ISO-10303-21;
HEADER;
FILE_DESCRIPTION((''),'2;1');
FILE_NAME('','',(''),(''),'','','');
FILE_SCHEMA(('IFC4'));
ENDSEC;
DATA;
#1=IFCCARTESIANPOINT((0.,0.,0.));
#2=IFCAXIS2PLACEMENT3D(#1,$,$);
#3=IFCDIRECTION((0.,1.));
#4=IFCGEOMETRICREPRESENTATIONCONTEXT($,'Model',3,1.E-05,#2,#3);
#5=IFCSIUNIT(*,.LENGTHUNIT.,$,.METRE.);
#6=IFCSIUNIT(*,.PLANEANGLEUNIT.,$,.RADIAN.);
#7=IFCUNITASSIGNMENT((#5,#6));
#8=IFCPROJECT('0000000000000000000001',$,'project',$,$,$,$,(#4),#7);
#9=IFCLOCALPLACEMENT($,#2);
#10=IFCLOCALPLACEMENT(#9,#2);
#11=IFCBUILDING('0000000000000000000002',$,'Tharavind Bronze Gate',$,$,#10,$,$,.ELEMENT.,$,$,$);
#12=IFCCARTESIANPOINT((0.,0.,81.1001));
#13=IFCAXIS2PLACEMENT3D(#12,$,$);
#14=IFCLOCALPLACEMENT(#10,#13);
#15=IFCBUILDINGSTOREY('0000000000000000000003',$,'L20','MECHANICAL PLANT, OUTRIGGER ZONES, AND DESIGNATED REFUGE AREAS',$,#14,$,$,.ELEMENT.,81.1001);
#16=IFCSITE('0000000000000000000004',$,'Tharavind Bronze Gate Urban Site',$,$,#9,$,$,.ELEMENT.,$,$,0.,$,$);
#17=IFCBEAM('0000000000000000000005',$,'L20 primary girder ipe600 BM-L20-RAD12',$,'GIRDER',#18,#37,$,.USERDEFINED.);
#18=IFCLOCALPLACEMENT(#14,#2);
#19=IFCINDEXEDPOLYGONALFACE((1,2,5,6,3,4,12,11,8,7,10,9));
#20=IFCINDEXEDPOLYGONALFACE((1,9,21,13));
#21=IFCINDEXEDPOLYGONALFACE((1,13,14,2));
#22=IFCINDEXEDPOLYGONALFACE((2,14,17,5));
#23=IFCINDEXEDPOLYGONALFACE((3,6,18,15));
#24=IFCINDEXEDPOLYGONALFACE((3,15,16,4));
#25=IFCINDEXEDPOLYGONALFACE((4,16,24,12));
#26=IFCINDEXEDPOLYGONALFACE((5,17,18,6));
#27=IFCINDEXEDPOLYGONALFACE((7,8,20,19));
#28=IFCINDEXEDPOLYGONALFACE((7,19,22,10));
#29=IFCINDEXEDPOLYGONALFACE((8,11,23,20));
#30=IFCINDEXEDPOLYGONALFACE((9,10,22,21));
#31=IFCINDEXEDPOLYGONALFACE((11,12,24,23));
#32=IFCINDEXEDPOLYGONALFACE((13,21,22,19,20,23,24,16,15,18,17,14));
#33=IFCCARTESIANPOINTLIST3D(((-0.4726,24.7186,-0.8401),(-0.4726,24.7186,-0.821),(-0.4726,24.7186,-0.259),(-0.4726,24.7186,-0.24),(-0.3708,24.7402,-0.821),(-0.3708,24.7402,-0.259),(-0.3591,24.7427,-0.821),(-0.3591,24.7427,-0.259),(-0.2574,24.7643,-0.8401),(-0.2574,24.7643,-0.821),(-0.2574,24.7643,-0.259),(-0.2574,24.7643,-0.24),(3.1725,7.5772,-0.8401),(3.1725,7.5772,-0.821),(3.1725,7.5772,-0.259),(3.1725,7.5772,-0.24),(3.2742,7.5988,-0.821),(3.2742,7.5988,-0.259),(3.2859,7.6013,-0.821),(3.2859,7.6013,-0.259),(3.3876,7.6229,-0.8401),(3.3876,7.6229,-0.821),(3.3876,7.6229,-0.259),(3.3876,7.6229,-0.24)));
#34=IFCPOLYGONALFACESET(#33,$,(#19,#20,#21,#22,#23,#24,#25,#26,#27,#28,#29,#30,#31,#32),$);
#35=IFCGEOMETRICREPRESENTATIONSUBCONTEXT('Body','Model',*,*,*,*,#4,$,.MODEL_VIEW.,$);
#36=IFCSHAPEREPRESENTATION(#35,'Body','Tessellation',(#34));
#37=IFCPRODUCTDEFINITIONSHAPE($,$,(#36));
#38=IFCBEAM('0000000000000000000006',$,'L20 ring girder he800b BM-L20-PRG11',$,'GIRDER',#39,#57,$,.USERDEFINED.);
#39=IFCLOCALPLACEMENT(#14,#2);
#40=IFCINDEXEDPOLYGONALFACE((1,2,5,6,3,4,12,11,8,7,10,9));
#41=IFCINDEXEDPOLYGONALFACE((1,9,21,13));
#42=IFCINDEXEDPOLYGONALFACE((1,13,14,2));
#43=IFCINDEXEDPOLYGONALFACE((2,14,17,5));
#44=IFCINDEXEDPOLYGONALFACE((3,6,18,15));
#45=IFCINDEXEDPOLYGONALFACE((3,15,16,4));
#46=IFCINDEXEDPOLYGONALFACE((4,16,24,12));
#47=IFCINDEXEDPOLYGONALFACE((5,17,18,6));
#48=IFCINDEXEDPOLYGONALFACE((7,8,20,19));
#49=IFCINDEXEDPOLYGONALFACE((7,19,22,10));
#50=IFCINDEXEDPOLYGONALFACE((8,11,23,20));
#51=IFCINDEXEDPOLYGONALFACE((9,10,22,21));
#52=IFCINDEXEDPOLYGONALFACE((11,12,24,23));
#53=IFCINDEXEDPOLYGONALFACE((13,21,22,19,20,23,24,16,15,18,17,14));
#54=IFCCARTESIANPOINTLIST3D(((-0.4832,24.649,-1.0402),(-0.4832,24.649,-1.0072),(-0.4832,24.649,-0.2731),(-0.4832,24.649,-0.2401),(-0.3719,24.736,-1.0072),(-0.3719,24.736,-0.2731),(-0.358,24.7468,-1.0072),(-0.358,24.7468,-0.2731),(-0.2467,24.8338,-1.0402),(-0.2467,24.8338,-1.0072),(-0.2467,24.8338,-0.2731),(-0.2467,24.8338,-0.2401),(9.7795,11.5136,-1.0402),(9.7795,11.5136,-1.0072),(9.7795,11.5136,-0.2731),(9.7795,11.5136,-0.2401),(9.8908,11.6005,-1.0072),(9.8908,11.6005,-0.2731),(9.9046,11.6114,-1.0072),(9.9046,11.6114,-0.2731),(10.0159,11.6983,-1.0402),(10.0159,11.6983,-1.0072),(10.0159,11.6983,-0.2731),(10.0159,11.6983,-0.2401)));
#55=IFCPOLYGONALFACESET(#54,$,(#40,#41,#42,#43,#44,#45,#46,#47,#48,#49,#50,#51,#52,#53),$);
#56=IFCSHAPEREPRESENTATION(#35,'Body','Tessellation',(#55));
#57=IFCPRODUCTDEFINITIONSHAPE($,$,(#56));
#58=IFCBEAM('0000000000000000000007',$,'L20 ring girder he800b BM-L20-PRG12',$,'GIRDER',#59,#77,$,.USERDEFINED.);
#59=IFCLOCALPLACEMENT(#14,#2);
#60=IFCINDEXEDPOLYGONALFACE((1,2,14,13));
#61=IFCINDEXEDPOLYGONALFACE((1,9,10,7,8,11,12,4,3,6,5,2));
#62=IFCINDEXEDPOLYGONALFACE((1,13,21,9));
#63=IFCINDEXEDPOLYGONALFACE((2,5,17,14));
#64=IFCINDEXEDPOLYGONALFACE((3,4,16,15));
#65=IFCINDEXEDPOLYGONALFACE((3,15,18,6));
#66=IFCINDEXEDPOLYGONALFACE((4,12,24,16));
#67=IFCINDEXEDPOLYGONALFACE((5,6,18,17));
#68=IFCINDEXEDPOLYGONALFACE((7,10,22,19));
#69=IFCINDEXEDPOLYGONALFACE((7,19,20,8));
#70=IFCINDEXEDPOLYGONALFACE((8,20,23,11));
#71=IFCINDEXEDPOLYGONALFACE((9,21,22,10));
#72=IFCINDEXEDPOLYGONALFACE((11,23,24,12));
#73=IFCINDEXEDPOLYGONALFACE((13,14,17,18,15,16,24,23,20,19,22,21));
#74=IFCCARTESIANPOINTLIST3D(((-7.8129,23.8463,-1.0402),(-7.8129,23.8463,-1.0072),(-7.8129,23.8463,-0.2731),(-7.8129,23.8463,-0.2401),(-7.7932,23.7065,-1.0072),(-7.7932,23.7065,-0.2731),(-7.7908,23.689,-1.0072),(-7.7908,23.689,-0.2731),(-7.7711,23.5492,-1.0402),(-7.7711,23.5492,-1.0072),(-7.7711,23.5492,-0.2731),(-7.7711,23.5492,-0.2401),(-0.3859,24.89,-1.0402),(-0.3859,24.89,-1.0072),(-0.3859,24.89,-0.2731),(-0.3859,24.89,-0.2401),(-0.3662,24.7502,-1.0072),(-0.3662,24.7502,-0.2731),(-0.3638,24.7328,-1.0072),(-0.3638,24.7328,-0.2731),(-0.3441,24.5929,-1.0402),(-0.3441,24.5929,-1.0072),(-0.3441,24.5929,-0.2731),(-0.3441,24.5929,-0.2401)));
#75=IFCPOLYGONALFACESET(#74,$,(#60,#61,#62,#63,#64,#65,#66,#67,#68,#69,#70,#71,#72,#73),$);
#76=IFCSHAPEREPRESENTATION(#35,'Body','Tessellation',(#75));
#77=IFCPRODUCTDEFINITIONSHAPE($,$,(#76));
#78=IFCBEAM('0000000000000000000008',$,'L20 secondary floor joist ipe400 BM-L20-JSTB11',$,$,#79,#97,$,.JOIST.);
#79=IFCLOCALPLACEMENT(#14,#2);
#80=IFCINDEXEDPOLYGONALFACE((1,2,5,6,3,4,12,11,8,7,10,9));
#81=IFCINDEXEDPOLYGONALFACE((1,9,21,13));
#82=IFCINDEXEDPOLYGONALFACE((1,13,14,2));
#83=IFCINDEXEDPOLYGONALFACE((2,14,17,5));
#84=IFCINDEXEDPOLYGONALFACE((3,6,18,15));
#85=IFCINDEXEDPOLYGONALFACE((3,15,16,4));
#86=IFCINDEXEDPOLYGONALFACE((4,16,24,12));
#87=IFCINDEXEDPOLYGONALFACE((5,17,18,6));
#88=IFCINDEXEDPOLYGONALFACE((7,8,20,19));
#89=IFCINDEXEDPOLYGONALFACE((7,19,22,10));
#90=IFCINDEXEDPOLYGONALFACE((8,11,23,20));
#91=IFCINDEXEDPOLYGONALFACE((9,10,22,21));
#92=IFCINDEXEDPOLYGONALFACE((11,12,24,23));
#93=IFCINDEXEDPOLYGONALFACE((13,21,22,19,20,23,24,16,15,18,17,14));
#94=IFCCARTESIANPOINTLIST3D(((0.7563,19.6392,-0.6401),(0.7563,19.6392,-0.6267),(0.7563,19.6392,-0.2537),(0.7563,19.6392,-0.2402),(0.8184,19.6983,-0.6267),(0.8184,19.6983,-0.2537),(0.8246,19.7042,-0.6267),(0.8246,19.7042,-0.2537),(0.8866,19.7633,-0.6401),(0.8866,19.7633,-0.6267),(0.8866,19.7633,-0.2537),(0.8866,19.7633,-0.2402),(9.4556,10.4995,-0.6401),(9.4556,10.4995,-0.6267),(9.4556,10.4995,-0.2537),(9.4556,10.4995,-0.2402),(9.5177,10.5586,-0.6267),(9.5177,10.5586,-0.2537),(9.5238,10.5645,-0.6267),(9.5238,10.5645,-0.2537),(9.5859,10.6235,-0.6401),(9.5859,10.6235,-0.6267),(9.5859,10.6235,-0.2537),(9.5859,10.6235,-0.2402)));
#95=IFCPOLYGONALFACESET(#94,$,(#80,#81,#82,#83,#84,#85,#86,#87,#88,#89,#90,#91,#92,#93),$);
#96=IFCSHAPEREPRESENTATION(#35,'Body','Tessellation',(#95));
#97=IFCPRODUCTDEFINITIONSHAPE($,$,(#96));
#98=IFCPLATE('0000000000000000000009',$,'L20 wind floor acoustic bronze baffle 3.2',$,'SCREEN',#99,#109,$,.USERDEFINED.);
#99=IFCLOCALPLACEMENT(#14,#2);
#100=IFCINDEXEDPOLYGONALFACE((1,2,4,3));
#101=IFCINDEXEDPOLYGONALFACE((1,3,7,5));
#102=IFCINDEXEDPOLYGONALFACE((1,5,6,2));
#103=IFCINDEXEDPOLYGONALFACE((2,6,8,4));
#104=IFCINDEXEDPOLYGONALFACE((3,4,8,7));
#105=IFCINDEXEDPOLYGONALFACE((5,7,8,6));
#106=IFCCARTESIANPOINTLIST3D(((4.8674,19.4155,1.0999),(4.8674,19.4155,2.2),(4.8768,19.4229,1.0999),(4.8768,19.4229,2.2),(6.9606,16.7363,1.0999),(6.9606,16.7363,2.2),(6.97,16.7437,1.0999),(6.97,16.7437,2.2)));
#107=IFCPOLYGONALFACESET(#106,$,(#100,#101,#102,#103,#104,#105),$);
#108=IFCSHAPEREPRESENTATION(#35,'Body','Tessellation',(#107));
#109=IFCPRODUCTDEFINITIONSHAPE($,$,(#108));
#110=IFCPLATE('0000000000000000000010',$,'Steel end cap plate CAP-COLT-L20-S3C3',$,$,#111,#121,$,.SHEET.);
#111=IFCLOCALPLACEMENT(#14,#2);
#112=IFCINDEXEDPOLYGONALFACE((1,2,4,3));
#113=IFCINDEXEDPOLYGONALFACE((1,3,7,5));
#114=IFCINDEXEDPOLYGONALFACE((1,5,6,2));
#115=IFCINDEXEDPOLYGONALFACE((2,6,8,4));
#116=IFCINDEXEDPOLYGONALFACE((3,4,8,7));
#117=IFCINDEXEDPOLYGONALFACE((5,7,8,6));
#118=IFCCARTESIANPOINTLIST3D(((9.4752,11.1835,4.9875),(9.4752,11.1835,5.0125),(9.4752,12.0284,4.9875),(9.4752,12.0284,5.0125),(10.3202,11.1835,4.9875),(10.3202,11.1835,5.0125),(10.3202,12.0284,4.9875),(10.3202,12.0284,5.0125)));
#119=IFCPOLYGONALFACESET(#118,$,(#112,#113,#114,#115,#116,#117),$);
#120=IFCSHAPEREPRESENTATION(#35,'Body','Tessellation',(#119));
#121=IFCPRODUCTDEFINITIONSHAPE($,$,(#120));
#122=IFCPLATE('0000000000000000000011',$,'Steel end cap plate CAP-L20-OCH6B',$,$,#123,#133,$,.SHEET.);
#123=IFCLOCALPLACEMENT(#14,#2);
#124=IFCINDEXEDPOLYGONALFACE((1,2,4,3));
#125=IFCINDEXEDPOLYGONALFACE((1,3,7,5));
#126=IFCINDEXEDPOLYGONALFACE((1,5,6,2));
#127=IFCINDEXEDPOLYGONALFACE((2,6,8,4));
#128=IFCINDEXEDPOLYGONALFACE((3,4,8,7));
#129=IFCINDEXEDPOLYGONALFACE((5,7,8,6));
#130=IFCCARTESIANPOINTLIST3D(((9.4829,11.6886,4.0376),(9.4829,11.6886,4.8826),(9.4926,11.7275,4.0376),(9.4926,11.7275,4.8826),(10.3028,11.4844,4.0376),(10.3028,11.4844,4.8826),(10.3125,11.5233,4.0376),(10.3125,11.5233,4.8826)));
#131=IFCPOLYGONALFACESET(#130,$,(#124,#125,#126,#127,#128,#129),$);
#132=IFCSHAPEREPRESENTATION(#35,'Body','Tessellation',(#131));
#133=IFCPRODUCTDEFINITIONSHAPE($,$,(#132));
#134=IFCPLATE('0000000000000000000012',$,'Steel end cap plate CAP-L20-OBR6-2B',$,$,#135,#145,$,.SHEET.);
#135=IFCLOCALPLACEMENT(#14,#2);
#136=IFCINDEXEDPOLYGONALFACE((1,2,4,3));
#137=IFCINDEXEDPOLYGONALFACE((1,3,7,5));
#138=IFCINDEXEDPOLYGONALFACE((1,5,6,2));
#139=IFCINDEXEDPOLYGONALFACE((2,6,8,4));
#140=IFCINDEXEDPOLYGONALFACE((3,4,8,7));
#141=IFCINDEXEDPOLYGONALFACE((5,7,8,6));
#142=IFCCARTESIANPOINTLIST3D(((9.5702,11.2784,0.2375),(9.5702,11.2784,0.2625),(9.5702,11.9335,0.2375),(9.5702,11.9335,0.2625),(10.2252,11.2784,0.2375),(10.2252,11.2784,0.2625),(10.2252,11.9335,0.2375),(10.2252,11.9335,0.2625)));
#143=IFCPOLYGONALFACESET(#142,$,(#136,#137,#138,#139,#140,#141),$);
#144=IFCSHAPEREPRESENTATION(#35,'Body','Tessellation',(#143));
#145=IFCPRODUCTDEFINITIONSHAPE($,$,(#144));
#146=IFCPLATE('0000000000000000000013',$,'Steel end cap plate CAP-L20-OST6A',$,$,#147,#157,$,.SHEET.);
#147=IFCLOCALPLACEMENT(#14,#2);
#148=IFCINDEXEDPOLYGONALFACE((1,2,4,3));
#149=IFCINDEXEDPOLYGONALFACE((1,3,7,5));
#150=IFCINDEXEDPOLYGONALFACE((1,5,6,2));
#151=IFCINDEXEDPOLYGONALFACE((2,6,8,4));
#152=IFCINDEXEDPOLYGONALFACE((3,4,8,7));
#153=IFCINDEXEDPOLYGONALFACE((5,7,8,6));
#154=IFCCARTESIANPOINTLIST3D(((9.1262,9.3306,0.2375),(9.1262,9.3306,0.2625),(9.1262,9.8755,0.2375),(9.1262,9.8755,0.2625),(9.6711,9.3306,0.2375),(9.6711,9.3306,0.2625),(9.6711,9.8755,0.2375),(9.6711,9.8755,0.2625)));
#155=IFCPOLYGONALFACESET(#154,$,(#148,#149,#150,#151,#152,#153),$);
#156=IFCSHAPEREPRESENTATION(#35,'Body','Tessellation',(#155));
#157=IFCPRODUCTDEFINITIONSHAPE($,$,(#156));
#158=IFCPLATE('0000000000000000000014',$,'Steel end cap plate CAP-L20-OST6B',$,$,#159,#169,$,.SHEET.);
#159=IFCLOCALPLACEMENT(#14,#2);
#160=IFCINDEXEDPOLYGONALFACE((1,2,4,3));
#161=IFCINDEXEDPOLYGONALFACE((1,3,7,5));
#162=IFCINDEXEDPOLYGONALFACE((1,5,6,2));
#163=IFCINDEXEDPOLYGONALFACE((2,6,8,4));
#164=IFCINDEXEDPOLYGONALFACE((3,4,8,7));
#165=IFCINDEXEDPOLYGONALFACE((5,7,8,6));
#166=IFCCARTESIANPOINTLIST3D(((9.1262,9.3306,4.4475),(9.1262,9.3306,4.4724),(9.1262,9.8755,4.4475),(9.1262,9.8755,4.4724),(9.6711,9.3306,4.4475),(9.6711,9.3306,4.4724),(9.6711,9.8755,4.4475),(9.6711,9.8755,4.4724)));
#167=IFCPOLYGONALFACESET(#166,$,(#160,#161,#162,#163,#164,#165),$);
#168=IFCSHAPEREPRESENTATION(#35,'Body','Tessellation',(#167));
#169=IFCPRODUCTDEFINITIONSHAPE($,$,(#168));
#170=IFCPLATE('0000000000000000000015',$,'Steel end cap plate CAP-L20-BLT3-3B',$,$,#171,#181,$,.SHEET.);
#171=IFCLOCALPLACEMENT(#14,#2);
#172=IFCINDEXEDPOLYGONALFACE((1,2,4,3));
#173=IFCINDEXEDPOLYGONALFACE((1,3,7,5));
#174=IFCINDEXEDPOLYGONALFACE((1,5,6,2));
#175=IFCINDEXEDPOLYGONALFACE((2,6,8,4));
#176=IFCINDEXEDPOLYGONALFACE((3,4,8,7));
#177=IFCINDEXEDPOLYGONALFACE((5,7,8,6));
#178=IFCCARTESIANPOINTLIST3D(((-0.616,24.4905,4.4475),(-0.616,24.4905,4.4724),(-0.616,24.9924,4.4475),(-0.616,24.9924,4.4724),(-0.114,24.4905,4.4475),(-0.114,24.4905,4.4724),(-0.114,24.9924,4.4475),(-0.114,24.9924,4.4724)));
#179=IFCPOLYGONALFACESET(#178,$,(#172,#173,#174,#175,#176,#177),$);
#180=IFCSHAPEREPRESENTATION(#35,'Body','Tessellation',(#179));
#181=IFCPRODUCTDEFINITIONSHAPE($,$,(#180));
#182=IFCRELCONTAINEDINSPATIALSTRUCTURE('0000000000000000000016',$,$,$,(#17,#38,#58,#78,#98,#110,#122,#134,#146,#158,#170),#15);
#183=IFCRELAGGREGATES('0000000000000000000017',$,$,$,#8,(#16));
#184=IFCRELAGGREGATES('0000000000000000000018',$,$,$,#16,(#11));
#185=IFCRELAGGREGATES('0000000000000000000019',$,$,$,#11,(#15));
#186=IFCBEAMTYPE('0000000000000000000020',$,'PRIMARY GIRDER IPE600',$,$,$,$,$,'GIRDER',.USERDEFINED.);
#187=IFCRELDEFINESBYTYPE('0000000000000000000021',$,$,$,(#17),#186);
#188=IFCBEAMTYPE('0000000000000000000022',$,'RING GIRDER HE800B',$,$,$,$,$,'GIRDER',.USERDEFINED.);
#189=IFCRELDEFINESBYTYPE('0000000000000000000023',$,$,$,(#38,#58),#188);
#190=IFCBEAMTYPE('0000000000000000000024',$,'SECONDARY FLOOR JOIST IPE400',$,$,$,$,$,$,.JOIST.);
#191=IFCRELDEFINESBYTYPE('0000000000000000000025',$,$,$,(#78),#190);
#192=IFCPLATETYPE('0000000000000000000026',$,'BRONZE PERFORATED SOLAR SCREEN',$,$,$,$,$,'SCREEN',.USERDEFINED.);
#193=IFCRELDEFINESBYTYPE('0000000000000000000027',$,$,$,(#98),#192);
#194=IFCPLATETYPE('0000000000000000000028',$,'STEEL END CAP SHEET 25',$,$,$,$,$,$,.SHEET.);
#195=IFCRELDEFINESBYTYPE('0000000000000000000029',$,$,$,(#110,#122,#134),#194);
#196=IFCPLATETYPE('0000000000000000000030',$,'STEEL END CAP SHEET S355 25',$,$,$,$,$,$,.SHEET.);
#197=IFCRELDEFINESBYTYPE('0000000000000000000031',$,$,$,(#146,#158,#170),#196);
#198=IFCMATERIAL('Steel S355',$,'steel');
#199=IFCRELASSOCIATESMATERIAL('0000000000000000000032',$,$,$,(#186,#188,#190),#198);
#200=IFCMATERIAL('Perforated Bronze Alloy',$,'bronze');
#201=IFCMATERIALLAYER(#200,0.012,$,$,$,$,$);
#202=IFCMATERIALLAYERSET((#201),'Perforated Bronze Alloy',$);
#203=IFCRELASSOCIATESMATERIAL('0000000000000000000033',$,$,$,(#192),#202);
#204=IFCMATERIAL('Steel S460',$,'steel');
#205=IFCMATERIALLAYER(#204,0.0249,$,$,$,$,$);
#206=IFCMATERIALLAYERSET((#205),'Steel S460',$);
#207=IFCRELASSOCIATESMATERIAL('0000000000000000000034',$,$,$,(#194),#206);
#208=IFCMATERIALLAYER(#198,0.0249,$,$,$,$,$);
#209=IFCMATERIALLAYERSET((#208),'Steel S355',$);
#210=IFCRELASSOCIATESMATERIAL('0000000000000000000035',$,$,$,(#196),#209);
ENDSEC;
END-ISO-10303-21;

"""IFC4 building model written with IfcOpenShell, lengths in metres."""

from ifc_helpers import new_model, si_unit, direction, frame, origin, origin_2d, place, context, subcontext, project, spatial, rectangle, i_section, extrude, material, layer, layer_set, material_profile, profile_set, type_object, element, save


model = new_model("IFC4")

# Units and contexts
model_context = context("Model", 3, precision=1e-05, world=origin(), true_north=direction((0.0, 1.0)))
body_context = subcontext(model_context, "Body", "Model", "MODEL_VIEW")
ifc_project = project(units=[si_unit("LENGTHUNIT", "METRE"), si_unit("PLANEANGLEUNIT", "RADIAN")], contexts=[model_context])

# Site, building, storey
site_placement = place(None, origin())
site = spatial("IfcSite", under=ifc_project, at=site_placement, Name="Tharavind Bronze Gate Urban Site", CompositionType="ELEMENT", RefElevation=0.0)
building_placement = place(site_placement, origin())
building = spatial("IfcBuilding", under=site, at=building_placement, Name="Tharavind Bronze Gate", CompositionType="ELEMENT")
storey_placement = place(building_placement, frame((0.0, 0.0, 81.1001)))
storey = spatial("IfcBuildingStorey", under=building, at=storey_placement, Name="L20", Description="MECHANICAL PLANT, OUTRIGGER ZONES, AND DESIGNATED REFUGE AREAS", CompositionType="ELEMENT", Elevation=81.1001)

# Shared definitions
ifc_material_1 = material(Name="Steel S460", Category="steel")

# Beams
ifc_material_2 = material(Name="Steel S355", Category="steel")
ifc_material_profile_1 = material_profile(ifc_material_2, i_section(OverallWidth=0.22, OverallDepth=0.6001, WebThickness=0.012, FlangeThickness=0.019, at=origin_2d()), Name="IPE600")
ifc_profile_set_1 = profile_set([ifc_material_profile_1], Name="Steel S355")
beam_type_1 = type_object("IfcBeamType", Name="PRIMARY GIRDER IPE600", ElementType="GIRDER", PredefinedType="USERDEFINED", material=ifc_profile_set_1)
beam_1_placement = place(storey_placement, frame((-0.365, 24.7415, -0.54), z_axis=(0.207994, -0.97813, 0.0), x_axis=(0.97813, 0.207994, 0.0)))
element("IfcBeam", 1, at=beam_1_placement, inside=storey, type_object=beam_type_1, Name="L20 primary girder ipe600 BM-L20-RAD12", ObjectType="GIRDER", PredefinedType="USERDEFINED", context=body_context, shape_type="SweptSolid", body=[
    extrude(i_section(OverallWidth=0.22, OverallDepth=0.6001, WebThickness=0.012, FlangeThickness=0.019, at=origin_2d()), origin(), (0.0, 0.0, 1.0), 17.5247),
])
ifc_material_profile_2 = material_profile(ifc_material_2, i_section(OverallWidth=0.3, OverallDepth=0.8, WebThickness=0.0176, FlangeThickness=0.033, at=origin_2d()), Name="HE800B")
ifc_profile_set_2 = profile_set([ifc_material_profile_2], Name="Steel S355")
beam_type_2 = type_object("IfcBeamType", Name="RING GIRDER HE800B", ElementType="GIRDER", PredefinedType="USERDEFINED", material=ifc_profile_set_2)
beam_2_placement = place(storey_placement, frame((9.8977, 11.606, -0.6401), z_axis=(-0.615666, 0.788007, 0.0), x_axis=(-0.788007, -0.615666, 0.0)))
element("IfcBeam", 2, at=beam_2_placement, inside=storey, type_object=beam_type_2, Name="L20 ring girder he800b BM-L20-PRG11", ObjectType="GIRDER", PredefinedType="USERDEFINED", context=body_context, shape_type="SweptSolid", body=[
    extrude(i_section(OverallWidth=0.3, OverallDepth=0.8, WebThickness=0.0176, FlangeThickness=0.033, at=origin_2d()), origin(), (0.0, 0.0, 1.0), 16.6692),
])
beam_3_placement = place(storey_placement, frame((-0.365, 24.7415, -0.6401), z_axis=(-0.99027, -0.139161, 0.0), x_axis=(0.139161, -0.99027, 0.0)))
element("IfcBeam", 3, at=beam_3_placement, inside=storey, type_object=beam_type_2, Name="L20 ring girder he800b BM-L20-PRG12", ObjectType="GIRDER", PredefinedType="USERDEFINED", context=body_context, shape_type="SweptSolid", body=[
    extrude(i_section(OverallWidth=0.3, OverallDepth=0.8, WebThickness=0.0176, FlangeThickness=0.033, at=origin_2d()), origin(), (0.0, 0.0, 1.0), 7.5),
])
ifc_material_profile_3 = material_profile(ifc_material_2, i_section(OverallWidth=0.1799, OverallDepth=0.3999, WebThickness=0.0085, FlangeThickness=0.0134, at=origin_2d()), Name="IPE400")
ifc_profile_set_3 = profile_set([ifc_material_profile_3], Name="Steel S355")
beam_type_3 = type_object("IfcBeamType", Name="SECONDARY FLOOR JOIST IPE400", PredefinedType="JOIST", material=ifc_profile_set_3)
beam_4_placement = place(storey_placement, frame((9.5208, 10.5615, -0.4402), z_axis=(-0.689439, 0.724344, 0.0), x_axis=(-0.724344, -0.689439, 0.0)))
element("IfcBeam", 4, at=beam_4_placement, inside=storey, type_object=beam_type_3, Name="L20 secondary floor joist ipe400 BM-L20-JSTB11", PredefinedType="JOIST", context=body_context, shape_type="SweptSolid", body=[
    extrude(i_section(OverallWidth=0.1799, OverallDepth=0.3999, WebThickness=0.0085, FlangeThickness=0.0134, at=origin_2d()), origin(), (0.0, 0.0, 1.0), 12.6179),
])

# Plates
ifc_material_3 = material(Name="Perforated Bronze Alloy", Category="bronze")
ifc_layer_1 = layer(ifc_material_3, 0.012)
ifc_layer_set_1 = layer_set([ifc_layer_1], Name="Perforated Bronze Alloy")
plate_type_1 = type_object("IfcPlateType", Name="BRONZE PERFORATED SOLAR SCREEN", ElementType="SCREEN", PredefinedType="USERDEFINED", material=ifc_layer_set_1)
plate_1_placement = place(storey_placement, frame((5.9187, 18.0796, 1.0999), z_axis=(0.0, 0.0, 1.0), x_axis=(-0.61566, 0.788012, 0.0)))
element("IfcPlate", 5, at=plate_1_placement, inside=storey, type_object=plate_type_1, Name="L20 wind floor acoustic bronze baffle 3.2", ObjectType="SCREEN", PredefinedType="USERDEFINED", context=body_context, shape_type="SweptSolid", body=[
    extrude(rectangle(XDim=3.3999, YDim=0.012, at=origin_2d()), origin(), (0.0, 0.0, 1.0), 1.1001),
])
ifc_layer_2 = layer(ifc_material_1, 0.0249)
ifc_layer_set_2 = layer_set([ifc_layer_2], Name="Steel S460")
plate_type_2 = type_object("IfcPlateType", Name="STEEL END CAP SHEET 25", PredefinedType="SHEET", material=ifc_layer_set_2)
plate_2_placement = place(storey_placement, frame((9.8977, 11.606, 4.9875), z_axis=(0.0, 0.0, 1.0), x_axis=(1.0, 0.0, 0.0)))
element("IfcPlate", 6, at=plate_2_placement, inside=storey, type_object=plate_type_2, Name="Steel end cap plate CAP-COLT-L20-S3C3", PredefinedType="SHEET", context=body_context, shape_type="SweptSolid", body=[
    extrude(rectangle(XDim=0.845, YDim=0.845, at=origin_2d()), origin(), (0.0, 0.0, 1.0), 0.0249),
])
plate_3_placement = place(storey_placement, frame((9.8977, 11.606, 4.0376), z_axis=(0.0, 0.0, 1.0), x_axis=(0.241646, 0.970365, 0.0)))
element("IfcPlate", 7, at=plate_3_placement, inside=storey, type_object=plate_type_2, Name="Steel end cap plate CAP-L20-OCH6B", PredefinedType="SHEET", context=body_context, shape_type="SweptSolid", body=[
    extrude(rectangle(XDim=0.04, YDim=0.845, at=origin_2d()), origin(), (0.0, 0.0, 1.0), 0.845),
])
plate_4_placement = place(storey_placement, frame((9.8977, 11.606, 0.2375), z_axis=(0.0, 0.0, 1.0), x_axis=(1.0, 0.0, 0.0)))
element("IfcPlate", 8, at=plate_4_placement, inside=storey, type_object=plate_type_2, Name="Steel end cap plate CAP-L20-OBR6-2B", PredefinedType="SHEET", context=body_context, shape_type="SweptSolid", body=[
    extrude(rectangle(XDim=0.655, YDim=0.655, at=origin_2d()), origin(), (0.0, 0.0, 1.0), 0.0249),
])
ifc_layer_3 = layer(ifc_material_2, 0.0249)
ifc_layer_set_3 = layer_set([ifc_layer_3], Name="Steel S355")
plate_type_3 = type_object("IfcPlateType", Name="STEEL END CAP SHEET S355 25", PredefinedType="SHEET", material=ifc_layer_set_3)
for number, where, z_axis, x_axis, name in (
    (9, (9.3987, 9.603, 0.2375), (0.0, 0.0, 1.0), (1.0, 0.0, 0.0), "Steel end cap plate CAP-L20-OST6A"),
    (10, (9.3987, 9.603, 4.4475), (0.0, 0.0, 1.0), (1.0, 0.0, 0.0), "Steel end cap plate CAP-L20-OST6B"),
):
    element("IfcPlate", number, at=place(storey_placement, frame(where, z_axis=z_axis, x_axis=x_axis)), inside=storey, type_object=plate_type_3, Name=name, PredefinedType="SHEET", context=body_context, shape_type="SweptSolid", body=[
        extrude(rectangle(XDim=0.5449, YDim=0.5449, at=origin_2d()), origin(), (0.0, 0.0, 1.0), 0.0249),
    ])
plate_5_placement = place(storey_placement, frame((-0.365, 24.7415, 4.4475), z_axis=(0.0, 0.0, 1.0), x_axis=(1.0, 0.0, 0.0)))
element("IfcPlate", 11, at=plate_5_placement, inside=storey, type_object=plate_type_3, Name="Steel end cap plate CAP-L20-BLT3-3B", PredefinedType="SHEET", context=body_context, shape_type="SweptSolid", body=[
    extrude(rectangle(XDim=0.502, YDim=0.502, at=origin_2d()), origin(), (0.0, 0.0, 1.0), 0.0249),
])

save(model, "model.ifc")
